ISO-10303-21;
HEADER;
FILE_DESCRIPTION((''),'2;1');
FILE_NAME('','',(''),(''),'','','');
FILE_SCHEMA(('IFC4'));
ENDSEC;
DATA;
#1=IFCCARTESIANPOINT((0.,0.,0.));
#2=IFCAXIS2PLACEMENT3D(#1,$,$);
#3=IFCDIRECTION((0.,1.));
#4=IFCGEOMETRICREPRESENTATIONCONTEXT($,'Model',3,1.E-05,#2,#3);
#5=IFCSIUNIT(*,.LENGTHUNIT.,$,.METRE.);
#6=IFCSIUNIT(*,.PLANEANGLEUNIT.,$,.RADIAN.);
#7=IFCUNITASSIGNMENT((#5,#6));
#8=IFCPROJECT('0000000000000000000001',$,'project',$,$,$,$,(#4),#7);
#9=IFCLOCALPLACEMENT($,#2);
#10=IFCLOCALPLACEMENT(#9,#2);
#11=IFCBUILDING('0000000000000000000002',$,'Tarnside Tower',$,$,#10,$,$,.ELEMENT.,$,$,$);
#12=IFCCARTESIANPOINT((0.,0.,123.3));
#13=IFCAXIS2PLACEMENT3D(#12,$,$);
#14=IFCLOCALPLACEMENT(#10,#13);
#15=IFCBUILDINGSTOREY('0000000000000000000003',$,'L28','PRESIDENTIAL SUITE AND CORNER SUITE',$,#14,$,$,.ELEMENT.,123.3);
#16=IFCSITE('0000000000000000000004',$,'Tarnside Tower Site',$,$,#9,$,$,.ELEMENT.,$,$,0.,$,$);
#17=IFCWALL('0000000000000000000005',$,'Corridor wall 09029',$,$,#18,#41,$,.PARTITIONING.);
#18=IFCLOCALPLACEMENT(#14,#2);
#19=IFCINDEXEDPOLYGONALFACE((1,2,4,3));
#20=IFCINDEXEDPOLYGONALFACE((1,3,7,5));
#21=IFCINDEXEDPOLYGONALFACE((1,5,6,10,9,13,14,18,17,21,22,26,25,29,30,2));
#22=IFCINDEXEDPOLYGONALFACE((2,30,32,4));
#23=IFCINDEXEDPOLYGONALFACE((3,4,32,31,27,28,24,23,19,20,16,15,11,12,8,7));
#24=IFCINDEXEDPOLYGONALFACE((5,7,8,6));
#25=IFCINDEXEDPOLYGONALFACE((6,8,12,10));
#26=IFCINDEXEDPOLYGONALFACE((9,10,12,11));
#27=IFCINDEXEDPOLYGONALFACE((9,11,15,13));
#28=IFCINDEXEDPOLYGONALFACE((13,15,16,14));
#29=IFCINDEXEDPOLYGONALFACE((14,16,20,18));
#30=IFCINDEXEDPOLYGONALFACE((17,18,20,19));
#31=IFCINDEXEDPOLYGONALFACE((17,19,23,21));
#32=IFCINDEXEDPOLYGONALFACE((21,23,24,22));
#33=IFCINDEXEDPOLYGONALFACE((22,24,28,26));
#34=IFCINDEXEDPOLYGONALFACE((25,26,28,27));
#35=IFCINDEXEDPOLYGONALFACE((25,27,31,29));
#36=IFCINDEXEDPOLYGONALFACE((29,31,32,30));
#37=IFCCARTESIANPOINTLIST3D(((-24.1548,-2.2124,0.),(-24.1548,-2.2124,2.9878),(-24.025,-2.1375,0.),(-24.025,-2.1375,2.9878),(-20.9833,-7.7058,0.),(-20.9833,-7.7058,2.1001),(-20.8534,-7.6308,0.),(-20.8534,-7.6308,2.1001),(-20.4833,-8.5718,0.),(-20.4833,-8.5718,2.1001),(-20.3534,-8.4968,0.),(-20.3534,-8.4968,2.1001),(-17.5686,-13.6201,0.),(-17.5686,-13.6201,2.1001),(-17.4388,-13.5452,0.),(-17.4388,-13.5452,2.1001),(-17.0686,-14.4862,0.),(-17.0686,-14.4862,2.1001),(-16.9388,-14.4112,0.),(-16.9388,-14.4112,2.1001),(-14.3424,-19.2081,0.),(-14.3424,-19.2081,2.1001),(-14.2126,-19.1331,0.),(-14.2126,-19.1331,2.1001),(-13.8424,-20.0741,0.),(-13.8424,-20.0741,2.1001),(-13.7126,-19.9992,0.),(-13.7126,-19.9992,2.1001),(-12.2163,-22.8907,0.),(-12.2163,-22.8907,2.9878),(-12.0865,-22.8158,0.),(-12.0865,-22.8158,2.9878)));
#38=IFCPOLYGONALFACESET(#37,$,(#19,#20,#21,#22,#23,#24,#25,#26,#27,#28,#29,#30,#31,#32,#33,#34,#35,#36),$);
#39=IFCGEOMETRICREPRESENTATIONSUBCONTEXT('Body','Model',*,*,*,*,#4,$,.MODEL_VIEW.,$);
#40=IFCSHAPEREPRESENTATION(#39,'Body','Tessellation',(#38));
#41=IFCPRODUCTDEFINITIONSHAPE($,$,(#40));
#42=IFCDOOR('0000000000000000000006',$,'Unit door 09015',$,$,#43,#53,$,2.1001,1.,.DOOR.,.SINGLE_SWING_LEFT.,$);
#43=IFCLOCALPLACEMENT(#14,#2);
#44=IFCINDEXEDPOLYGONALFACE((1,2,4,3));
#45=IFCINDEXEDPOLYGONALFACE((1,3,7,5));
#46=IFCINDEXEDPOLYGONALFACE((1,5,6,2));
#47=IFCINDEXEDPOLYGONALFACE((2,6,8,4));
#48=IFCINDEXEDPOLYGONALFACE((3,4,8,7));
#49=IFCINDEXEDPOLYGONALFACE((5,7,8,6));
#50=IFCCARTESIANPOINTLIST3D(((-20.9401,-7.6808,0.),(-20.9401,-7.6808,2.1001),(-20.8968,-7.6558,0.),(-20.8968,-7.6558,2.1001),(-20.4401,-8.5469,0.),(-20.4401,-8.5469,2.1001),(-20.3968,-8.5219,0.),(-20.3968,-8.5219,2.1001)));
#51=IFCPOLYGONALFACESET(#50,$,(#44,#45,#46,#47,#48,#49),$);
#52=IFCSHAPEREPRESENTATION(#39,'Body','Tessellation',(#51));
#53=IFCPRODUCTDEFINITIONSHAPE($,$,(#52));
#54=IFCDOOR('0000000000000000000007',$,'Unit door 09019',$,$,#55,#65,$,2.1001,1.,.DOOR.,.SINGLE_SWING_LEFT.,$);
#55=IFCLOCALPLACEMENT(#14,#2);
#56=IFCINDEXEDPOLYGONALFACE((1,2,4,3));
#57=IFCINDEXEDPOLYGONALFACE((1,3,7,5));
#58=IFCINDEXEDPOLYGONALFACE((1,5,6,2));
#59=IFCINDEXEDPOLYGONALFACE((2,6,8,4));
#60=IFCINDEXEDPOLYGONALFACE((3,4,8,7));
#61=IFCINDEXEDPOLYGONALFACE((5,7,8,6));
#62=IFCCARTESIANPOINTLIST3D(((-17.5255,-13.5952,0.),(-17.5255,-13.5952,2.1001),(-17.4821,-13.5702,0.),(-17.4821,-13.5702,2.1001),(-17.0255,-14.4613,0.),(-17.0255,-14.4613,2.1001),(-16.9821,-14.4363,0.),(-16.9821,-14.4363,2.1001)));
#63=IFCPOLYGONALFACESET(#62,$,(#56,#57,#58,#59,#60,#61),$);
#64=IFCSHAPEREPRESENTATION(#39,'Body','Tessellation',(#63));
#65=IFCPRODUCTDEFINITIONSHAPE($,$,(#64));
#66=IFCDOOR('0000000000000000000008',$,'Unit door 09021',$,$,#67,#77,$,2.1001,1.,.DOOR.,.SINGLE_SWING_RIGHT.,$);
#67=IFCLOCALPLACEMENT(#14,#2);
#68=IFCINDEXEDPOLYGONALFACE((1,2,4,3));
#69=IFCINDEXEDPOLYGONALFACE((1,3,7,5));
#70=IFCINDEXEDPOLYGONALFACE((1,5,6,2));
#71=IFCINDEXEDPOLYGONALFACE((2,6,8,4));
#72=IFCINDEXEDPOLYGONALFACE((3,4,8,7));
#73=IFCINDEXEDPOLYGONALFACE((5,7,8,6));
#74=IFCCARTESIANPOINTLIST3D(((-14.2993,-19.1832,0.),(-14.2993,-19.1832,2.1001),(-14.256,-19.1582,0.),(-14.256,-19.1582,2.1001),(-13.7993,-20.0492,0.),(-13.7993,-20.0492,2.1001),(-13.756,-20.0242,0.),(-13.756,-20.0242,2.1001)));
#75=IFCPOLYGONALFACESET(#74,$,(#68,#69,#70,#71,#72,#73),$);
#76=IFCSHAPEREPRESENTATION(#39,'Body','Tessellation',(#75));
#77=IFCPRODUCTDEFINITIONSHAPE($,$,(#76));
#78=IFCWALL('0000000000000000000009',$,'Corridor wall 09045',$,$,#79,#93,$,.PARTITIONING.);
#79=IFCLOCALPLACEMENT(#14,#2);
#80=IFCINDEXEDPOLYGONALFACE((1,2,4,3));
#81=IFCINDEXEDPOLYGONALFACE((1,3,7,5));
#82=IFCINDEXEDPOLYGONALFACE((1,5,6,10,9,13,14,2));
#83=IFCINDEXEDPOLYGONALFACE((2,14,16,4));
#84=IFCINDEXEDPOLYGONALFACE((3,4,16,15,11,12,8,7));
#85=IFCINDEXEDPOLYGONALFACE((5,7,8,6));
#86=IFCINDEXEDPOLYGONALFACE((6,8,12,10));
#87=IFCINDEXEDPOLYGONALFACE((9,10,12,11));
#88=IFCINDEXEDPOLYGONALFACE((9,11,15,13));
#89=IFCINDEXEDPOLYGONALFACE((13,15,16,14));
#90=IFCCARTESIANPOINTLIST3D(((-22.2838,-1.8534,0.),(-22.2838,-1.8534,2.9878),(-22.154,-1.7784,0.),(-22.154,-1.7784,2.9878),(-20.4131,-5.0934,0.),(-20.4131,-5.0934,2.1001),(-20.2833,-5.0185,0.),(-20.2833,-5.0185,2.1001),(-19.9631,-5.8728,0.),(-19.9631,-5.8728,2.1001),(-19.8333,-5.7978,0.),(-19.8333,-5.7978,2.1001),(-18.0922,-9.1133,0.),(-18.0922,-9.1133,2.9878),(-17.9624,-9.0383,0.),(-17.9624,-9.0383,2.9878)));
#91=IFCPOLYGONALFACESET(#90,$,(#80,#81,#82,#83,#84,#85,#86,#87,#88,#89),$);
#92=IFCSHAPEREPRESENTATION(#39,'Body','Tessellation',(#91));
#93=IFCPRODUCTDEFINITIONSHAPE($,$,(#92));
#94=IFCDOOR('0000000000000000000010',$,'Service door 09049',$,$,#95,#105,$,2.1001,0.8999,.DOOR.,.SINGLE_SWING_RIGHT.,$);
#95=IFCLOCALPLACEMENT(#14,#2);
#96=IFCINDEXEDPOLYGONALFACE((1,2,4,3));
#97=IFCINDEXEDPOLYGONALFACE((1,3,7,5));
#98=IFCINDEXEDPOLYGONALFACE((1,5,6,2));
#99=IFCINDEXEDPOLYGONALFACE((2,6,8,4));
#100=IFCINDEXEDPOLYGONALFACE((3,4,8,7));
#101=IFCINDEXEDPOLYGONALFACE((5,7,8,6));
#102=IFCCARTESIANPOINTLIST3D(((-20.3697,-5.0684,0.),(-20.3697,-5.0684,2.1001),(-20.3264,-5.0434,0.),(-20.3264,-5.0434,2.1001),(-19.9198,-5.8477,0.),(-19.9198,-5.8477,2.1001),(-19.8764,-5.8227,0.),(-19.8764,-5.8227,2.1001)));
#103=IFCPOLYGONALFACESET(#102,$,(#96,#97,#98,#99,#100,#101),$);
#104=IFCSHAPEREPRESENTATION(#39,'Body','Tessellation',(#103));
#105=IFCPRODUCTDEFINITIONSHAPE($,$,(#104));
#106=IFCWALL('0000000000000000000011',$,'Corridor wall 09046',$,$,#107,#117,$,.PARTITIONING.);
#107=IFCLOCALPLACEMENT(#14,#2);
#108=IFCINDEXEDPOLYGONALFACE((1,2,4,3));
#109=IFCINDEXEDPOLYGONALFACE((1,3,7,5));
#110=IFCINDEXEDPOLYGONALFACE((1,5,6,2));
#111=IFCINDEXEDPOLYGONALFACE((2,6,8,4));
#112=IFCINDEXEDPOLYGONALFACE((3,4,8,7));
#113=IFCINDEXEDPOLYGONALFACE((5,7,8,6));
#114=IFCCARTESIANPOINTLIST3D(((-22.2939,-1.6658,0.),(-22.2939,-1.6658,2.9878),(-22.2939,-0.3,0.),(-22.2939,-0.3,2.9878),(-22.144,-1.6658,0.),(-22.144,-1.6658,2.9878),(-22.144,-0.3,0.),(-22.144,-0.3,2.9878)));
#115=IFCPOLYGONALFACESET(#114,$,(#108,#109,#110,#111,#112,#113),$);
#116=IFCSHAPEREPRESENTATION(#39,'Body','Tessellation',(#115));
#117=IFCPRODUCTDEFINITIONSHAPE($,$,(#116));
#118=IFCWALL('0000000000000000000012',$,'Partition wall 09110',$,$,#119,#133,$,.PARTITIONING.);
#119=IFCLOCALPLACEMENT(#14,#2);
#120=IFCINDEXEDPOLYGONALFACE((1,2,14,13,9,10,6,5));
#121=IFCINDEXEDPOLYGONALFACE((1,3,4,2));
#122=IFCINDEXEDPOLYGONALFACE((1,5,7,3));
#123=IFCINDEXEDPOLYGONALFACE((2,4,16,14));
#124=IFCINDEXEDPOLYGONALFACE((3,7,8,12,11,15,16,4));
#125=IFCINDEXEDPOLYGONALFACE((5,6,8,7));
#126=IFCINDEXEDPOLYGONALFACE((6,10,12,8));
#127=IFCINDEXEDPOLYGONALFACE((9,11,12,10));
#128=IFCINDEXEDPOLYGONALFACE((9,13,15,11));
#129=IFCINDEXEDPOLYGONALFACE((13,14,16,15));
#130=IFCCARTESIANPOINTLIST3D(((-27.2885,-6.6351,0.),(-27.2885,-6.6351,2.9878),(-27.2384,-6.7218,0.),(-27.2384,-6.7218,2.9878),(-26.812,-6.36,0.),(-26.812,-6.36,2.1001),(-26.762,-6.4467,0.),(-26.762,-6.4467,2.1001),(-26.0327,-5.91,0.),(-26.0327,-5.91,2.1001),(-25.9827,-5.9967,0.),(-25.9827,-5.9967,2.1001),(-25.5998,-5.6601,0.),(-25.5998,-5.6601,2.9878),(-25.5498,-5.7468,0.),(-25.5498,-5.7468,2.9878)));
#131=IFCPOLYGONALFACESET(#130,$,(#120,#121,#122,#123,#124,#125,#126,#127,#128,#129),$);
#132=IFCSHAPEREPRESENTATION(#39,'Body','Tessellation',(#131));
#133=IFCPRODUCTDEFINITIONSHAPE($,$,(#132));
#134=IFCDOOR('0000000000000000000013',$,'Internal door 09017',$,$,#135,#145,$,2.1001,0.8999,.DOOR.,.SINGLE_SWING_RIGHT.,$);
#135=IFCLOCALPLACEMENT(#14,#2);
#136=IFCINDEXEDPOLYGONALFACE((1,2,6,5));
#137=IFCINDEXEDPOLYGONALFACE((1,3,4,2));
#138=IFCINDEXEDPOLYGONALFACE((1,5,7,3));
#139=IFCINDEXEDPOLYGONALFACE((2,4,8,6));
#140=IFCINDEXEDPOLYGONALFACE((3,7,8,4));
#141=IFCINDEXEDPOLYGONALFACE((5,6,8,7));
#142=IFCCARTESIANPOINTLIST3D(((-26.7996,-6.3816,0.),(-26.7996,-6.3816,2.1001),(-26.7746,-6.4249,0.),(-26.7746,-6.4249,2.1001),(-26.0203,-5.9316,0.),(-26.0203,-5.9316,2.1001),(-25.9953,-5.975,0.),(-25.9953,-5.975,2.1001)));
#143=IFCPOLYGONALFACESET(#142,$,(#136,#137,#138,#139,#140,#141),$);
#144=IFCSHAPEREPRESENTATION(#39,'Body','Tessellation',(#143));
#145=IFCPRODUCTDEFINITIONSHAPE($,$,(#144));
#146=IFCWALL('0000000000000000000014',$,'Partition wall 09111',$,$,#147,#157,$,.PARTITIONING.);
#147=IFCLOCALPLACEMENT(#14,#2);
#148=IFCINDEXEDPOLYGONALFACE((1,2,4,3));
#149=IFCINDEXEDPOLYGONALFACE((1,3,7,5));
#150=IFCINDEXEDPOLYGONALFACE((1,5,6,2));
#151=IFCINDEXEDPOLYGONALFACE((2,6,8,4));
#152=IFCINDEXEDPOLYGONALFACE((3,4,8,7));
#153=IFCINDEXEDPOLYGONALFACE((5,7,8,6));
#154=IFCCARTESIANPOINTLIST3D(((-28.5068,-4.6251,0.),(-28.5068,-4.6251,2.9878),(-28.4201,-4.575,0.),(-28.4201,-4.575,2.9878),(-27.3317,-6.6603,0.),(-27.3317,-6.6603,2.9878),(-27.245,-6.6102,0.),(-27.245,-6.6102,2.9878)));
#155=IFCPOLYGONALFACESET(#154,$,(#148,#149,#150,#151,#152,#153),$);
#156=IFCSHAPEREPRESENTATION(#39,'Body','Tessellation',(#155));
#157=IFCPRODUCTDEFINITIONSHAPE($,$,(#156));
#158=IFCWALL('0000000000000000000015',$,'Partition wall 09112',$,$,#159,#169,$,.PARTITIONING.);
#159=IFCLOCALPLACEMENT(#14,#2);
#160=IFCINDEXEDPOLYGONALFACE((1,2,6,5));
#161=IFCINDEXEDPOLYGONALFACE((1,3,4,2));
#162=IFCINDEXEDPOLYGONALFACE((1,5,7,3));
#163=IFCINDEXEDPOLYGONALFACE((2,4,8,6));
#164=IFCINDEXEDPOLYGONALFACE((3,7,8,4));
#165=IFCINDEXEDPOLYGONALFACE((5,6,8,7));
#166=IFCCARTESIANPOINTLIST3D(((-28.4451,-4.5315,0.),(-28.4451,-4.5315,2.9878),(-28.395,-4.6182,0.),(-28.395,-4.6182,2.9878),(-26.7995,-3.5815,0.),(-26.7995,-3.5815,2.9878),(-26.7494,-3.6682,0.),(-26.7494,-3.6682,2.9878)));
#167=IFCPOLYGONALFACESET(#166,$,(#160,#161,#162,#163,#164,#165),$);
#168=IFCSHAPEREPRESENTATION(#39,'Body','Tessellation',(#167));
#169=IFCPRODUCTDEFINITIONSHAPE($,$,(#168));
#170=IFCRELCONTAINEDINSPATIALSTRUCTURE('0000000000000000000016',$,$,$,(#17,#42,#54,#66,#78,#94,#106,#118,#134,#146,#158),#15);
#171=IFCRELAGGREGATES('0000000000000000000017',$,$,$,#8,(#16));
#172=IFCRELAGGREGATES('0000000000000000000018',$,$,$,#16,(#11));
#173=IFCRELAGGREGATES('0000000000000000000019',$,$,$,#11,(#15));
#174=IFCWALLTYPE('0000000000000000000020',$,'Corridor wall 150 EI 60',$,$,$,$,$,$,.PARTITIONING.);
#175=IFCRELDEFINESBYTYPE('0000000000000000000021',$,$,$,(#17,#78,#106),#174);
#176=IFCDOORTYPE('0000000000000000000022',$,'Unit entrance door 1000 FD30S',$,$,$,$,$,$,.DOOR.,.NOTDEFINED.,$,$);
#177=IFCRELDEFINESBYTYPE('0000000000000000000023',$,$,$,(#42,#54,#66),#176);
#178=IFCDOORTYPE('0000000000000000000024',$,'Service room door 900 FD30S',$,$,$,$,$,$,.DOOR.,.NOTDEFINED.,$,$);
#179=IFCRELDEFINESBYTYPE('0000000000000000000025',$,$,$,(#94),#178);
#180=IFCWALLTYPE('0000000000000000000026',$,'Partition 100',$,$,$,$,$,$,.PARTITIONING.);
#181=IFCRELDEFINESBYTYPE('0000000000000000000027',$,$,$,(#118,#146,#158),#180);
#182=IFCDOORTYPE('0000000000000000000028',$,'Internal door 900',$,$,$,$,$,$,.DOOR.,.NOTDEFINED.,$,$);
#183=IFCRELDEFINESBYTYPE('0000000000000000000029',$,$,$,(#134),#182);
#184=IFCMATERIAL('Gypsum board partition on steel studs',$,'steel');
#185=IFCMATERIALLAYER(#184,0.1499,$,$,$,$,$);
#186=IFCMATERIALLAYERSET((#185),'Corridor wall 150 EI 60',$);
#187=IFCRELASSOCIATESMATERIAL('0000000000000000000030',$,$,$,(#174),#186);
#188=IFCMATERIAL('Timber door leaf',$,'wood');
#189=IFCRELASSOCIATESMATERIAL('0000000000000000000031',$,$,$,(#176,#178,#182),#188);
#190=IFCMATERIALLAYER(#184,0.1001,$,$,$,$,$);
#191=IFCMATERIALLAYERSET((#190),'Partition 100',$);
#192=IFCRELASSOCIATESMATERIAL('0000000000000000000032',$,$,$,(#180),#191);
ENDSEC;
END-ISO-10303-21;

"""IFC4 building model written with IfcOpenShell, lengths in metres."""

from ifc_helpers import new_model, si_unit, direction, frame, frame_2d, origin, place, context, subcontext, project, spatial, rectangle, extrude, material, layer, layer_set, type_object, element, fill, save


model = new_model("IFC4")

# Units and contexts
model_context = context("Model", 3, precision=1e-05, world=origin(), true_north=direction((0.0, 1.0)))
body_context = subcontext(model_context, "Body", "Model", "MODEL_VIEW")
ifc_project = project(units=[si_unit("LENGTHUNIT", "METRE"), si_unit("PLANEANGLEUNIT", "RADIAN")], contexts=[model_context])

# Site, building, storey
site_placement = place(None, origin())
site = spatial("IfcSite", under=ifc_project, at=site_placement, Name="Tarnside Tower Site", CompositionType="ELEMENT", RefElevation=0.0)
building_placement = place(site_placement, origin())
building = spatial("IfcBuilding", under=site, at=building_placement, Name="Tarnside Tower", CompositionType="ELEMENT")
storey_placement = place(building_placement, frame((0.0, 0.0, 123.3)))
storey = spatial("IfcBuildingStorey", under=building, at=storey_placement, Name="L28", Description="PRESIDENTIAL SUITE AND CORNER SUITE", CompositionType="ELEMENT", Elevation=123.3)

# Shared definitions
ifc_material_1 = material(Name="Gypsum board partition on steel studs", Category="steel")

# Shared definitions
ifc_material_2 = material(Name="Timber door leaf", Category="wood")

# Shared definitions
ifc_layer_1 = layer(ifc_material_1, 0.1499)
ifc_layer_set_1 = layer_set([ifc_layer_1], Name="Corridor wall 150 EI 60")
wall_type_1 = type_object("IfcWallType", Name="Corridor wall 150 EI 60", PredefinedType="PARTITIONING", material=ifc_layer_set_1)

# Wall, openings, doors
wall_1_placement = place(storey_placement, frame((-24.0898, -2.175, 0.0), z_axis=(0.0, 0.0, 1.0), x_axis=(0.499997, -0.866027, 0.0)))
wall_1 = element("IfcWall", 1, at=wall_1_placement, inside=storey, type_object=wall_type_1, Name="Corridor wall 09029", PredefinedType="PARTITIONING", context=body_context, shape_type="SweptSolid", body=[
    extrude(rectangle(XDim=23.8772, YDim=0.1499, at=frame_2d((11.9385, 0.0))), origin(), (0.0, 0.0, 1.0), 2.9878),
])
opening_1_placement = place(wall_1_placement, frame((6.343, 0.0, 0.0)))
opening_1 = element("IfcOpeningElement", 2, at=opening_1_placement, cuts=wall_1, PredefinedType="OPENING", context=body_context, shape_type="SweptSolid", body=[
    extrude(rectangle(XDim=1.0, YDim=2.1001, at=frame_2d((0.5, 1.05))), frame((0.0, 0.085, 0.0), z_axis=(0.0, -1.0, 0.0), x_axis=(1.0, 0.0, 0.0)), (0.0, 0.0, 1.0), 0.1699),
])
opening_2_placement = place(wall_1_placement, frame((13.1724, 0.0, 0.0)))
opening_2 = element("IfcOpeningElement", 3, at=opening_2_placement, cuts=wall_1, PredefinedType="OPENING", context=body_context, shape_type="SweptSolid", body=[
    extrude(rectangle(XDim=1.0, YDim=2.1001, at=frame_2d((0.5, 1.05))), frame((0.0, 0.085, 0.0), z_axis=(0.0, -1.0, 0.0), x_axis=(1.0, 0.0, 0.0)), (0.0, 0.0, 1.0), 0.1699),
])
opening_3_placement = place(wall_1_placement, frame((19.6248, 0.0, 0.0)))
opening_3 = element("IfcOpeningElement", 4, at=opening_3_placement, cuts=wall_1, PredefinedType="OPENING", context=body_context, shape_type="SweptSolid", body=[
    extrude(rectangle(XDim=1.0, YDim=2.1001, at=frame_2d((0.5, 1.05))), frame((0.0, 0.085, 0.0), z_axis=(0.0, -1.0, 0.0), x_axis=(1.0, 0.0, 0.0)), (0.0, 0.0, 1.0), 0.1699),
])
door_type_1 = type_object("IfcDoorType", Name="Unit entrance door 1000 FD30S", OperationType="NOTDEFINED", PredefinedType="DOOR", material=ifc_material_2)
door_1_placement = place(opening_1_placement, origin())
door_1 = element("IfcDoor", 5, at=door_1_placement, inside=storey, type_object=door_type_1, Name="Unit door 09015", OperationType="SINGLE_SWING_LEFT", OverallHeight=2.1001, OverallWidth=1.0, PredefinedType="DOOR", context=body_context, shape_type="SweptSolid", body=[
    extrude(rectangle(XDim=1.0, YDim=2.1001, at=frame_2d((0.5, 1.05))), frame((0.0, 0.0249, 0.0), z_axis=(0.0, -1.0, 0.0), x_axis=(1.0, 0.0, 0.0)), (0.0, 0.0, 1.0), 0.05),
])
fill(opening_1, door_1)
door_2_placement = place(opening_2_placement, origin())
door_2 = element("IfcDoor", 6, at=door_2_placement, inside=storey, type_object=door_type_1, Name="Unit door 09019", OperationType="SINGLE_SWING_LEFT", OverallHeight=2.1001, OverallWidth=1.0, PredefinedType="DOOR", context=body_context, shape_type="SweptSolid", body=[
    extrude(rectangle(XDim=1.0, YDim=2.1001, at=frame_2d((0.5, 1.05))), frame((0.0, 0.0249, 0.0), z_axis=(0.0, -1.0, 0.0), x_axis=(1.0, 0.0, 0.0)), (0.0, 0.0, 1.0), 0.05),
])
fill(opening_2, door_2)
door_3_placement = place(opening_3_placement, origin())
door_3 = element("IfcDoor", 7, at=door_3_placement, inside=storey, type_object=door_type_1, Name="Unit door 09021", OperationType="SINGLE_SWING_RIGHT", OverallHeight=2.1001, OverallWidth=1.0, PredefinedType="DOOR", context=body_context, shape_type="SweptSolid", body=[
    extrude(rectangle(XDim=1.0, YDim=2.1001, at=frame_2d((0.5, 1.05))), frame((0.0, 0.0249, 0.0), z_axis=(0.0, -1.0, 0.0), x_axis=(1.0, 0.0, 0.0)), (0.0, 0.0, 1.0), 0.05),
])
fill(opening_3, door_3)

# Wall, opening, door
wall_2_placement = place(storey_placement, frame((-18.0273, -9.0757, 0.0), z_axis=(0.0, 0.0, 1.0), x_axis=(-0.500007, 0.866021, 0.0)))
wall_2 = element("IfcWall", 8, at=wall_2_placement, inside=storey, type_object=wall_type_1, Name="Corridor wall 09045", PredefinedType="PARTITIONING", context=body_context, shape_type="SweptSolid", body=[
    extrude(rectangle(XDim=8.3831, YDim=0.1499, at=frame_2d((4.1914, 0.0))), origin(), (0.0, 0.0, 1.0), 2.9878),
])
opening_4_placement = place(wall_2_placement, frame((3.7417, 0.0, 0.0)))
opening_4 = element("IfcOpeningElement", 9, at=opening_4_placement, cuts=wall_2, PredefinedType="OPENING", context=body_context, shape_type="SweptSolid", body=[
    extrude(rectangle(XDim=0.8999, YDim=2.1001, at=frame_2d((0.45, 1.05))), frame((0.0, 0.085, 0.0), z_axis=(0.0, -1.0, 0.0), x_axis=(1.0, 0.0, 0.0)), (0.0, 0.0, 1.0), 0.1699),
])
door_type_2 = type_object("IfcDoorType", Name="Service room door 900 FD30S", OperationType="NOTDEFINED", PredefinedType="DOOR", material=ifc_material_2)
door_4_placement = place(opening_4_placement, origin())
door_4 = element("IfcDoor", 10, at=door_4_placement, inside=storey, type_object=door_type_2, Name="Service door 09049", OperationType="SINGLE_SWING_RIGHT", OverallHeight=2.1001, OverallWidth=0.8999, PredefinedType="DOOR", context=body_context, shape_type="SweptSolid", body=[
    extrude(rectangle(XDim=0.8999, YDim=2.1001, at=frame_2d((0.45, 1.05))), frame((0.0, 0.0249, 0.0), z_axis=(0.0, -1.0, 0.0), x_axis=(1.0, 0.0, 0.0)), (0.0, 0.0, 1.0), 0.05),
])
fill(opening_4, door_4)

# Wall
wall_3_placement = place(storey_placement, frame((-22.219, -1.6658, 0.0), z_axis=(0.0, 0.0, 1.0), x_axis=(0.0, 1.0, 0.0)))
element("IfcWall", 11, at=wall_3_placement, inside=storey, type_object=wall_type_1, Name="Corridor wall 09046", PredefinedType="PARTITIONING", context=body_context, shape_type="SweptSolid", body=[
    extrude(rectangle(XDim=1.3657, YDim=0.1499, at=frame_2d((0.6829, 0.0))), origin(), (0.0, 0.0, 1.0), 2.9878),
])

# Wall, opening, door
ifc_layer_2 = layer(ifc_material_1, 0.1001)
ifc_layer_set_2 = layer_set([ifc_layer_2], Name="Partition 100")
wall_type_2 = type_object("IfcWallType", Name="Partition 100", PredefinedType="PARTITIONING", material=ifc_layer_set_2)
wall_4_placement = place(storey_placement, frame((-25.5747, -5.7034, 0.0), z_axis=(0.0, 0.0, 1.0), x_axis=(-0.866, -0.500044, 0.0)))
wall_4 = element("IfcWall", 12, at=wall_4_placement, inside=storey, type_object=wall_type_2, Name="Partition wall 09110", PredefinedType="PARTITIONING", context=body_context, shape_type="SweptSolid", body=[
    extrude(rectangle(XDim=1.95, YDim=0.1001, at=frame_2d((0.9751, 0.0))), origin(), (0.0, 0.0, 1.0), 2.9878),
])
opening_5_placement = place(wall_4_placement, frame((0.5, 0.0, 0.0)))
opening_5 = element("IfcOpeningElement", 13, at=opening_5_placement, cuts=wall_4, PredefinedType="OPENING", context=body_context, shape_type="SweptSolid", body=[
    extrude(rectangle(XDim=0.8999, YDim=2.1001, at=frame_2d((0.45, 1.05))), frame((0.0, 0.0601, 0.0), z_axis=(0.0, -1.0, 0.0), x_axis=(1.0, 0.0, 0.0)), (0.0, 0.0, 1.0), 0.1201),
])
door_type_3 = type_object("IfcDoorType", Name="Internal door 900", OperationType="NOTDEFINED", PredefinedType="DOOR", material=ifc_material_2)
door_5_placement = place(opening_5_placement, origin())
door_5 = element("IfcDoor", 14, at=door_5_placement, inside=storey, type_object=door_type_3, Name="Internal door 09017", OperationType="SINGLE_SWING_RIGHT", OverallHeight=2.1001, OverallWidth=0.8999, PredefinedType="DOOR", context=body_context, shape_type="SweptSolid", body=[
    extrude(rectangle(XDim=0.8999, YDim=2.1001, at=frame_2d((0.45, 1.05))), frame((0.0, 0.0249, 0.0), z_axis=(0.0, -1.0, 0.0), x_axis=(1.0, 0.0, 0.0)), (0.0, 0.0, 1.0), 0.05),
])
fill(opening_5, door_5)

# Walls
wall_5_placement = place(storey_placement, frame((-27.2883, -6.6353, 0.0), z_axis=(0.0, 0.0, 1.0), x_axis=(-0.500016, 0.866016, 0.0)))
element("IfcWall", 15, at=wall_5_placement, inside=storey, type_object=wall_type_2, Name="Partition wall 09111", PredefinedType="PARTITIONING", context=body_context, shape_type="SweptSolid", body=[
    extrude(rectangle(XDim=2.3501, YDim=0.1001, at=frame_2d((1.175, 0.0))), origin(), (0.0, 0.0, 1.0), 2.9878),
])
wall_6_placement = place(storey_placement, frame((-28.4202, -4.575, 0.0), z_axis=(0.0, 0.0, 1.0), x_axis=(0.866044, 0.499967, 0.0)))
element("IfcWall", 16, at=wall_6_placement, inside=storey, type_object=wall_type_2, Name="Partition wall 09112", PredefinedType="PARTITIONING", context=body_context, shape_type="SweptSolid", body=[
    extrude(rectangle(XDim=1.9001, YDim=0.1001, at=frame_2d((0.9502, 0.0))), origin(), (0.0, 0.0, 1.0), 2.9878),
])

save(model, "model.ifc")
